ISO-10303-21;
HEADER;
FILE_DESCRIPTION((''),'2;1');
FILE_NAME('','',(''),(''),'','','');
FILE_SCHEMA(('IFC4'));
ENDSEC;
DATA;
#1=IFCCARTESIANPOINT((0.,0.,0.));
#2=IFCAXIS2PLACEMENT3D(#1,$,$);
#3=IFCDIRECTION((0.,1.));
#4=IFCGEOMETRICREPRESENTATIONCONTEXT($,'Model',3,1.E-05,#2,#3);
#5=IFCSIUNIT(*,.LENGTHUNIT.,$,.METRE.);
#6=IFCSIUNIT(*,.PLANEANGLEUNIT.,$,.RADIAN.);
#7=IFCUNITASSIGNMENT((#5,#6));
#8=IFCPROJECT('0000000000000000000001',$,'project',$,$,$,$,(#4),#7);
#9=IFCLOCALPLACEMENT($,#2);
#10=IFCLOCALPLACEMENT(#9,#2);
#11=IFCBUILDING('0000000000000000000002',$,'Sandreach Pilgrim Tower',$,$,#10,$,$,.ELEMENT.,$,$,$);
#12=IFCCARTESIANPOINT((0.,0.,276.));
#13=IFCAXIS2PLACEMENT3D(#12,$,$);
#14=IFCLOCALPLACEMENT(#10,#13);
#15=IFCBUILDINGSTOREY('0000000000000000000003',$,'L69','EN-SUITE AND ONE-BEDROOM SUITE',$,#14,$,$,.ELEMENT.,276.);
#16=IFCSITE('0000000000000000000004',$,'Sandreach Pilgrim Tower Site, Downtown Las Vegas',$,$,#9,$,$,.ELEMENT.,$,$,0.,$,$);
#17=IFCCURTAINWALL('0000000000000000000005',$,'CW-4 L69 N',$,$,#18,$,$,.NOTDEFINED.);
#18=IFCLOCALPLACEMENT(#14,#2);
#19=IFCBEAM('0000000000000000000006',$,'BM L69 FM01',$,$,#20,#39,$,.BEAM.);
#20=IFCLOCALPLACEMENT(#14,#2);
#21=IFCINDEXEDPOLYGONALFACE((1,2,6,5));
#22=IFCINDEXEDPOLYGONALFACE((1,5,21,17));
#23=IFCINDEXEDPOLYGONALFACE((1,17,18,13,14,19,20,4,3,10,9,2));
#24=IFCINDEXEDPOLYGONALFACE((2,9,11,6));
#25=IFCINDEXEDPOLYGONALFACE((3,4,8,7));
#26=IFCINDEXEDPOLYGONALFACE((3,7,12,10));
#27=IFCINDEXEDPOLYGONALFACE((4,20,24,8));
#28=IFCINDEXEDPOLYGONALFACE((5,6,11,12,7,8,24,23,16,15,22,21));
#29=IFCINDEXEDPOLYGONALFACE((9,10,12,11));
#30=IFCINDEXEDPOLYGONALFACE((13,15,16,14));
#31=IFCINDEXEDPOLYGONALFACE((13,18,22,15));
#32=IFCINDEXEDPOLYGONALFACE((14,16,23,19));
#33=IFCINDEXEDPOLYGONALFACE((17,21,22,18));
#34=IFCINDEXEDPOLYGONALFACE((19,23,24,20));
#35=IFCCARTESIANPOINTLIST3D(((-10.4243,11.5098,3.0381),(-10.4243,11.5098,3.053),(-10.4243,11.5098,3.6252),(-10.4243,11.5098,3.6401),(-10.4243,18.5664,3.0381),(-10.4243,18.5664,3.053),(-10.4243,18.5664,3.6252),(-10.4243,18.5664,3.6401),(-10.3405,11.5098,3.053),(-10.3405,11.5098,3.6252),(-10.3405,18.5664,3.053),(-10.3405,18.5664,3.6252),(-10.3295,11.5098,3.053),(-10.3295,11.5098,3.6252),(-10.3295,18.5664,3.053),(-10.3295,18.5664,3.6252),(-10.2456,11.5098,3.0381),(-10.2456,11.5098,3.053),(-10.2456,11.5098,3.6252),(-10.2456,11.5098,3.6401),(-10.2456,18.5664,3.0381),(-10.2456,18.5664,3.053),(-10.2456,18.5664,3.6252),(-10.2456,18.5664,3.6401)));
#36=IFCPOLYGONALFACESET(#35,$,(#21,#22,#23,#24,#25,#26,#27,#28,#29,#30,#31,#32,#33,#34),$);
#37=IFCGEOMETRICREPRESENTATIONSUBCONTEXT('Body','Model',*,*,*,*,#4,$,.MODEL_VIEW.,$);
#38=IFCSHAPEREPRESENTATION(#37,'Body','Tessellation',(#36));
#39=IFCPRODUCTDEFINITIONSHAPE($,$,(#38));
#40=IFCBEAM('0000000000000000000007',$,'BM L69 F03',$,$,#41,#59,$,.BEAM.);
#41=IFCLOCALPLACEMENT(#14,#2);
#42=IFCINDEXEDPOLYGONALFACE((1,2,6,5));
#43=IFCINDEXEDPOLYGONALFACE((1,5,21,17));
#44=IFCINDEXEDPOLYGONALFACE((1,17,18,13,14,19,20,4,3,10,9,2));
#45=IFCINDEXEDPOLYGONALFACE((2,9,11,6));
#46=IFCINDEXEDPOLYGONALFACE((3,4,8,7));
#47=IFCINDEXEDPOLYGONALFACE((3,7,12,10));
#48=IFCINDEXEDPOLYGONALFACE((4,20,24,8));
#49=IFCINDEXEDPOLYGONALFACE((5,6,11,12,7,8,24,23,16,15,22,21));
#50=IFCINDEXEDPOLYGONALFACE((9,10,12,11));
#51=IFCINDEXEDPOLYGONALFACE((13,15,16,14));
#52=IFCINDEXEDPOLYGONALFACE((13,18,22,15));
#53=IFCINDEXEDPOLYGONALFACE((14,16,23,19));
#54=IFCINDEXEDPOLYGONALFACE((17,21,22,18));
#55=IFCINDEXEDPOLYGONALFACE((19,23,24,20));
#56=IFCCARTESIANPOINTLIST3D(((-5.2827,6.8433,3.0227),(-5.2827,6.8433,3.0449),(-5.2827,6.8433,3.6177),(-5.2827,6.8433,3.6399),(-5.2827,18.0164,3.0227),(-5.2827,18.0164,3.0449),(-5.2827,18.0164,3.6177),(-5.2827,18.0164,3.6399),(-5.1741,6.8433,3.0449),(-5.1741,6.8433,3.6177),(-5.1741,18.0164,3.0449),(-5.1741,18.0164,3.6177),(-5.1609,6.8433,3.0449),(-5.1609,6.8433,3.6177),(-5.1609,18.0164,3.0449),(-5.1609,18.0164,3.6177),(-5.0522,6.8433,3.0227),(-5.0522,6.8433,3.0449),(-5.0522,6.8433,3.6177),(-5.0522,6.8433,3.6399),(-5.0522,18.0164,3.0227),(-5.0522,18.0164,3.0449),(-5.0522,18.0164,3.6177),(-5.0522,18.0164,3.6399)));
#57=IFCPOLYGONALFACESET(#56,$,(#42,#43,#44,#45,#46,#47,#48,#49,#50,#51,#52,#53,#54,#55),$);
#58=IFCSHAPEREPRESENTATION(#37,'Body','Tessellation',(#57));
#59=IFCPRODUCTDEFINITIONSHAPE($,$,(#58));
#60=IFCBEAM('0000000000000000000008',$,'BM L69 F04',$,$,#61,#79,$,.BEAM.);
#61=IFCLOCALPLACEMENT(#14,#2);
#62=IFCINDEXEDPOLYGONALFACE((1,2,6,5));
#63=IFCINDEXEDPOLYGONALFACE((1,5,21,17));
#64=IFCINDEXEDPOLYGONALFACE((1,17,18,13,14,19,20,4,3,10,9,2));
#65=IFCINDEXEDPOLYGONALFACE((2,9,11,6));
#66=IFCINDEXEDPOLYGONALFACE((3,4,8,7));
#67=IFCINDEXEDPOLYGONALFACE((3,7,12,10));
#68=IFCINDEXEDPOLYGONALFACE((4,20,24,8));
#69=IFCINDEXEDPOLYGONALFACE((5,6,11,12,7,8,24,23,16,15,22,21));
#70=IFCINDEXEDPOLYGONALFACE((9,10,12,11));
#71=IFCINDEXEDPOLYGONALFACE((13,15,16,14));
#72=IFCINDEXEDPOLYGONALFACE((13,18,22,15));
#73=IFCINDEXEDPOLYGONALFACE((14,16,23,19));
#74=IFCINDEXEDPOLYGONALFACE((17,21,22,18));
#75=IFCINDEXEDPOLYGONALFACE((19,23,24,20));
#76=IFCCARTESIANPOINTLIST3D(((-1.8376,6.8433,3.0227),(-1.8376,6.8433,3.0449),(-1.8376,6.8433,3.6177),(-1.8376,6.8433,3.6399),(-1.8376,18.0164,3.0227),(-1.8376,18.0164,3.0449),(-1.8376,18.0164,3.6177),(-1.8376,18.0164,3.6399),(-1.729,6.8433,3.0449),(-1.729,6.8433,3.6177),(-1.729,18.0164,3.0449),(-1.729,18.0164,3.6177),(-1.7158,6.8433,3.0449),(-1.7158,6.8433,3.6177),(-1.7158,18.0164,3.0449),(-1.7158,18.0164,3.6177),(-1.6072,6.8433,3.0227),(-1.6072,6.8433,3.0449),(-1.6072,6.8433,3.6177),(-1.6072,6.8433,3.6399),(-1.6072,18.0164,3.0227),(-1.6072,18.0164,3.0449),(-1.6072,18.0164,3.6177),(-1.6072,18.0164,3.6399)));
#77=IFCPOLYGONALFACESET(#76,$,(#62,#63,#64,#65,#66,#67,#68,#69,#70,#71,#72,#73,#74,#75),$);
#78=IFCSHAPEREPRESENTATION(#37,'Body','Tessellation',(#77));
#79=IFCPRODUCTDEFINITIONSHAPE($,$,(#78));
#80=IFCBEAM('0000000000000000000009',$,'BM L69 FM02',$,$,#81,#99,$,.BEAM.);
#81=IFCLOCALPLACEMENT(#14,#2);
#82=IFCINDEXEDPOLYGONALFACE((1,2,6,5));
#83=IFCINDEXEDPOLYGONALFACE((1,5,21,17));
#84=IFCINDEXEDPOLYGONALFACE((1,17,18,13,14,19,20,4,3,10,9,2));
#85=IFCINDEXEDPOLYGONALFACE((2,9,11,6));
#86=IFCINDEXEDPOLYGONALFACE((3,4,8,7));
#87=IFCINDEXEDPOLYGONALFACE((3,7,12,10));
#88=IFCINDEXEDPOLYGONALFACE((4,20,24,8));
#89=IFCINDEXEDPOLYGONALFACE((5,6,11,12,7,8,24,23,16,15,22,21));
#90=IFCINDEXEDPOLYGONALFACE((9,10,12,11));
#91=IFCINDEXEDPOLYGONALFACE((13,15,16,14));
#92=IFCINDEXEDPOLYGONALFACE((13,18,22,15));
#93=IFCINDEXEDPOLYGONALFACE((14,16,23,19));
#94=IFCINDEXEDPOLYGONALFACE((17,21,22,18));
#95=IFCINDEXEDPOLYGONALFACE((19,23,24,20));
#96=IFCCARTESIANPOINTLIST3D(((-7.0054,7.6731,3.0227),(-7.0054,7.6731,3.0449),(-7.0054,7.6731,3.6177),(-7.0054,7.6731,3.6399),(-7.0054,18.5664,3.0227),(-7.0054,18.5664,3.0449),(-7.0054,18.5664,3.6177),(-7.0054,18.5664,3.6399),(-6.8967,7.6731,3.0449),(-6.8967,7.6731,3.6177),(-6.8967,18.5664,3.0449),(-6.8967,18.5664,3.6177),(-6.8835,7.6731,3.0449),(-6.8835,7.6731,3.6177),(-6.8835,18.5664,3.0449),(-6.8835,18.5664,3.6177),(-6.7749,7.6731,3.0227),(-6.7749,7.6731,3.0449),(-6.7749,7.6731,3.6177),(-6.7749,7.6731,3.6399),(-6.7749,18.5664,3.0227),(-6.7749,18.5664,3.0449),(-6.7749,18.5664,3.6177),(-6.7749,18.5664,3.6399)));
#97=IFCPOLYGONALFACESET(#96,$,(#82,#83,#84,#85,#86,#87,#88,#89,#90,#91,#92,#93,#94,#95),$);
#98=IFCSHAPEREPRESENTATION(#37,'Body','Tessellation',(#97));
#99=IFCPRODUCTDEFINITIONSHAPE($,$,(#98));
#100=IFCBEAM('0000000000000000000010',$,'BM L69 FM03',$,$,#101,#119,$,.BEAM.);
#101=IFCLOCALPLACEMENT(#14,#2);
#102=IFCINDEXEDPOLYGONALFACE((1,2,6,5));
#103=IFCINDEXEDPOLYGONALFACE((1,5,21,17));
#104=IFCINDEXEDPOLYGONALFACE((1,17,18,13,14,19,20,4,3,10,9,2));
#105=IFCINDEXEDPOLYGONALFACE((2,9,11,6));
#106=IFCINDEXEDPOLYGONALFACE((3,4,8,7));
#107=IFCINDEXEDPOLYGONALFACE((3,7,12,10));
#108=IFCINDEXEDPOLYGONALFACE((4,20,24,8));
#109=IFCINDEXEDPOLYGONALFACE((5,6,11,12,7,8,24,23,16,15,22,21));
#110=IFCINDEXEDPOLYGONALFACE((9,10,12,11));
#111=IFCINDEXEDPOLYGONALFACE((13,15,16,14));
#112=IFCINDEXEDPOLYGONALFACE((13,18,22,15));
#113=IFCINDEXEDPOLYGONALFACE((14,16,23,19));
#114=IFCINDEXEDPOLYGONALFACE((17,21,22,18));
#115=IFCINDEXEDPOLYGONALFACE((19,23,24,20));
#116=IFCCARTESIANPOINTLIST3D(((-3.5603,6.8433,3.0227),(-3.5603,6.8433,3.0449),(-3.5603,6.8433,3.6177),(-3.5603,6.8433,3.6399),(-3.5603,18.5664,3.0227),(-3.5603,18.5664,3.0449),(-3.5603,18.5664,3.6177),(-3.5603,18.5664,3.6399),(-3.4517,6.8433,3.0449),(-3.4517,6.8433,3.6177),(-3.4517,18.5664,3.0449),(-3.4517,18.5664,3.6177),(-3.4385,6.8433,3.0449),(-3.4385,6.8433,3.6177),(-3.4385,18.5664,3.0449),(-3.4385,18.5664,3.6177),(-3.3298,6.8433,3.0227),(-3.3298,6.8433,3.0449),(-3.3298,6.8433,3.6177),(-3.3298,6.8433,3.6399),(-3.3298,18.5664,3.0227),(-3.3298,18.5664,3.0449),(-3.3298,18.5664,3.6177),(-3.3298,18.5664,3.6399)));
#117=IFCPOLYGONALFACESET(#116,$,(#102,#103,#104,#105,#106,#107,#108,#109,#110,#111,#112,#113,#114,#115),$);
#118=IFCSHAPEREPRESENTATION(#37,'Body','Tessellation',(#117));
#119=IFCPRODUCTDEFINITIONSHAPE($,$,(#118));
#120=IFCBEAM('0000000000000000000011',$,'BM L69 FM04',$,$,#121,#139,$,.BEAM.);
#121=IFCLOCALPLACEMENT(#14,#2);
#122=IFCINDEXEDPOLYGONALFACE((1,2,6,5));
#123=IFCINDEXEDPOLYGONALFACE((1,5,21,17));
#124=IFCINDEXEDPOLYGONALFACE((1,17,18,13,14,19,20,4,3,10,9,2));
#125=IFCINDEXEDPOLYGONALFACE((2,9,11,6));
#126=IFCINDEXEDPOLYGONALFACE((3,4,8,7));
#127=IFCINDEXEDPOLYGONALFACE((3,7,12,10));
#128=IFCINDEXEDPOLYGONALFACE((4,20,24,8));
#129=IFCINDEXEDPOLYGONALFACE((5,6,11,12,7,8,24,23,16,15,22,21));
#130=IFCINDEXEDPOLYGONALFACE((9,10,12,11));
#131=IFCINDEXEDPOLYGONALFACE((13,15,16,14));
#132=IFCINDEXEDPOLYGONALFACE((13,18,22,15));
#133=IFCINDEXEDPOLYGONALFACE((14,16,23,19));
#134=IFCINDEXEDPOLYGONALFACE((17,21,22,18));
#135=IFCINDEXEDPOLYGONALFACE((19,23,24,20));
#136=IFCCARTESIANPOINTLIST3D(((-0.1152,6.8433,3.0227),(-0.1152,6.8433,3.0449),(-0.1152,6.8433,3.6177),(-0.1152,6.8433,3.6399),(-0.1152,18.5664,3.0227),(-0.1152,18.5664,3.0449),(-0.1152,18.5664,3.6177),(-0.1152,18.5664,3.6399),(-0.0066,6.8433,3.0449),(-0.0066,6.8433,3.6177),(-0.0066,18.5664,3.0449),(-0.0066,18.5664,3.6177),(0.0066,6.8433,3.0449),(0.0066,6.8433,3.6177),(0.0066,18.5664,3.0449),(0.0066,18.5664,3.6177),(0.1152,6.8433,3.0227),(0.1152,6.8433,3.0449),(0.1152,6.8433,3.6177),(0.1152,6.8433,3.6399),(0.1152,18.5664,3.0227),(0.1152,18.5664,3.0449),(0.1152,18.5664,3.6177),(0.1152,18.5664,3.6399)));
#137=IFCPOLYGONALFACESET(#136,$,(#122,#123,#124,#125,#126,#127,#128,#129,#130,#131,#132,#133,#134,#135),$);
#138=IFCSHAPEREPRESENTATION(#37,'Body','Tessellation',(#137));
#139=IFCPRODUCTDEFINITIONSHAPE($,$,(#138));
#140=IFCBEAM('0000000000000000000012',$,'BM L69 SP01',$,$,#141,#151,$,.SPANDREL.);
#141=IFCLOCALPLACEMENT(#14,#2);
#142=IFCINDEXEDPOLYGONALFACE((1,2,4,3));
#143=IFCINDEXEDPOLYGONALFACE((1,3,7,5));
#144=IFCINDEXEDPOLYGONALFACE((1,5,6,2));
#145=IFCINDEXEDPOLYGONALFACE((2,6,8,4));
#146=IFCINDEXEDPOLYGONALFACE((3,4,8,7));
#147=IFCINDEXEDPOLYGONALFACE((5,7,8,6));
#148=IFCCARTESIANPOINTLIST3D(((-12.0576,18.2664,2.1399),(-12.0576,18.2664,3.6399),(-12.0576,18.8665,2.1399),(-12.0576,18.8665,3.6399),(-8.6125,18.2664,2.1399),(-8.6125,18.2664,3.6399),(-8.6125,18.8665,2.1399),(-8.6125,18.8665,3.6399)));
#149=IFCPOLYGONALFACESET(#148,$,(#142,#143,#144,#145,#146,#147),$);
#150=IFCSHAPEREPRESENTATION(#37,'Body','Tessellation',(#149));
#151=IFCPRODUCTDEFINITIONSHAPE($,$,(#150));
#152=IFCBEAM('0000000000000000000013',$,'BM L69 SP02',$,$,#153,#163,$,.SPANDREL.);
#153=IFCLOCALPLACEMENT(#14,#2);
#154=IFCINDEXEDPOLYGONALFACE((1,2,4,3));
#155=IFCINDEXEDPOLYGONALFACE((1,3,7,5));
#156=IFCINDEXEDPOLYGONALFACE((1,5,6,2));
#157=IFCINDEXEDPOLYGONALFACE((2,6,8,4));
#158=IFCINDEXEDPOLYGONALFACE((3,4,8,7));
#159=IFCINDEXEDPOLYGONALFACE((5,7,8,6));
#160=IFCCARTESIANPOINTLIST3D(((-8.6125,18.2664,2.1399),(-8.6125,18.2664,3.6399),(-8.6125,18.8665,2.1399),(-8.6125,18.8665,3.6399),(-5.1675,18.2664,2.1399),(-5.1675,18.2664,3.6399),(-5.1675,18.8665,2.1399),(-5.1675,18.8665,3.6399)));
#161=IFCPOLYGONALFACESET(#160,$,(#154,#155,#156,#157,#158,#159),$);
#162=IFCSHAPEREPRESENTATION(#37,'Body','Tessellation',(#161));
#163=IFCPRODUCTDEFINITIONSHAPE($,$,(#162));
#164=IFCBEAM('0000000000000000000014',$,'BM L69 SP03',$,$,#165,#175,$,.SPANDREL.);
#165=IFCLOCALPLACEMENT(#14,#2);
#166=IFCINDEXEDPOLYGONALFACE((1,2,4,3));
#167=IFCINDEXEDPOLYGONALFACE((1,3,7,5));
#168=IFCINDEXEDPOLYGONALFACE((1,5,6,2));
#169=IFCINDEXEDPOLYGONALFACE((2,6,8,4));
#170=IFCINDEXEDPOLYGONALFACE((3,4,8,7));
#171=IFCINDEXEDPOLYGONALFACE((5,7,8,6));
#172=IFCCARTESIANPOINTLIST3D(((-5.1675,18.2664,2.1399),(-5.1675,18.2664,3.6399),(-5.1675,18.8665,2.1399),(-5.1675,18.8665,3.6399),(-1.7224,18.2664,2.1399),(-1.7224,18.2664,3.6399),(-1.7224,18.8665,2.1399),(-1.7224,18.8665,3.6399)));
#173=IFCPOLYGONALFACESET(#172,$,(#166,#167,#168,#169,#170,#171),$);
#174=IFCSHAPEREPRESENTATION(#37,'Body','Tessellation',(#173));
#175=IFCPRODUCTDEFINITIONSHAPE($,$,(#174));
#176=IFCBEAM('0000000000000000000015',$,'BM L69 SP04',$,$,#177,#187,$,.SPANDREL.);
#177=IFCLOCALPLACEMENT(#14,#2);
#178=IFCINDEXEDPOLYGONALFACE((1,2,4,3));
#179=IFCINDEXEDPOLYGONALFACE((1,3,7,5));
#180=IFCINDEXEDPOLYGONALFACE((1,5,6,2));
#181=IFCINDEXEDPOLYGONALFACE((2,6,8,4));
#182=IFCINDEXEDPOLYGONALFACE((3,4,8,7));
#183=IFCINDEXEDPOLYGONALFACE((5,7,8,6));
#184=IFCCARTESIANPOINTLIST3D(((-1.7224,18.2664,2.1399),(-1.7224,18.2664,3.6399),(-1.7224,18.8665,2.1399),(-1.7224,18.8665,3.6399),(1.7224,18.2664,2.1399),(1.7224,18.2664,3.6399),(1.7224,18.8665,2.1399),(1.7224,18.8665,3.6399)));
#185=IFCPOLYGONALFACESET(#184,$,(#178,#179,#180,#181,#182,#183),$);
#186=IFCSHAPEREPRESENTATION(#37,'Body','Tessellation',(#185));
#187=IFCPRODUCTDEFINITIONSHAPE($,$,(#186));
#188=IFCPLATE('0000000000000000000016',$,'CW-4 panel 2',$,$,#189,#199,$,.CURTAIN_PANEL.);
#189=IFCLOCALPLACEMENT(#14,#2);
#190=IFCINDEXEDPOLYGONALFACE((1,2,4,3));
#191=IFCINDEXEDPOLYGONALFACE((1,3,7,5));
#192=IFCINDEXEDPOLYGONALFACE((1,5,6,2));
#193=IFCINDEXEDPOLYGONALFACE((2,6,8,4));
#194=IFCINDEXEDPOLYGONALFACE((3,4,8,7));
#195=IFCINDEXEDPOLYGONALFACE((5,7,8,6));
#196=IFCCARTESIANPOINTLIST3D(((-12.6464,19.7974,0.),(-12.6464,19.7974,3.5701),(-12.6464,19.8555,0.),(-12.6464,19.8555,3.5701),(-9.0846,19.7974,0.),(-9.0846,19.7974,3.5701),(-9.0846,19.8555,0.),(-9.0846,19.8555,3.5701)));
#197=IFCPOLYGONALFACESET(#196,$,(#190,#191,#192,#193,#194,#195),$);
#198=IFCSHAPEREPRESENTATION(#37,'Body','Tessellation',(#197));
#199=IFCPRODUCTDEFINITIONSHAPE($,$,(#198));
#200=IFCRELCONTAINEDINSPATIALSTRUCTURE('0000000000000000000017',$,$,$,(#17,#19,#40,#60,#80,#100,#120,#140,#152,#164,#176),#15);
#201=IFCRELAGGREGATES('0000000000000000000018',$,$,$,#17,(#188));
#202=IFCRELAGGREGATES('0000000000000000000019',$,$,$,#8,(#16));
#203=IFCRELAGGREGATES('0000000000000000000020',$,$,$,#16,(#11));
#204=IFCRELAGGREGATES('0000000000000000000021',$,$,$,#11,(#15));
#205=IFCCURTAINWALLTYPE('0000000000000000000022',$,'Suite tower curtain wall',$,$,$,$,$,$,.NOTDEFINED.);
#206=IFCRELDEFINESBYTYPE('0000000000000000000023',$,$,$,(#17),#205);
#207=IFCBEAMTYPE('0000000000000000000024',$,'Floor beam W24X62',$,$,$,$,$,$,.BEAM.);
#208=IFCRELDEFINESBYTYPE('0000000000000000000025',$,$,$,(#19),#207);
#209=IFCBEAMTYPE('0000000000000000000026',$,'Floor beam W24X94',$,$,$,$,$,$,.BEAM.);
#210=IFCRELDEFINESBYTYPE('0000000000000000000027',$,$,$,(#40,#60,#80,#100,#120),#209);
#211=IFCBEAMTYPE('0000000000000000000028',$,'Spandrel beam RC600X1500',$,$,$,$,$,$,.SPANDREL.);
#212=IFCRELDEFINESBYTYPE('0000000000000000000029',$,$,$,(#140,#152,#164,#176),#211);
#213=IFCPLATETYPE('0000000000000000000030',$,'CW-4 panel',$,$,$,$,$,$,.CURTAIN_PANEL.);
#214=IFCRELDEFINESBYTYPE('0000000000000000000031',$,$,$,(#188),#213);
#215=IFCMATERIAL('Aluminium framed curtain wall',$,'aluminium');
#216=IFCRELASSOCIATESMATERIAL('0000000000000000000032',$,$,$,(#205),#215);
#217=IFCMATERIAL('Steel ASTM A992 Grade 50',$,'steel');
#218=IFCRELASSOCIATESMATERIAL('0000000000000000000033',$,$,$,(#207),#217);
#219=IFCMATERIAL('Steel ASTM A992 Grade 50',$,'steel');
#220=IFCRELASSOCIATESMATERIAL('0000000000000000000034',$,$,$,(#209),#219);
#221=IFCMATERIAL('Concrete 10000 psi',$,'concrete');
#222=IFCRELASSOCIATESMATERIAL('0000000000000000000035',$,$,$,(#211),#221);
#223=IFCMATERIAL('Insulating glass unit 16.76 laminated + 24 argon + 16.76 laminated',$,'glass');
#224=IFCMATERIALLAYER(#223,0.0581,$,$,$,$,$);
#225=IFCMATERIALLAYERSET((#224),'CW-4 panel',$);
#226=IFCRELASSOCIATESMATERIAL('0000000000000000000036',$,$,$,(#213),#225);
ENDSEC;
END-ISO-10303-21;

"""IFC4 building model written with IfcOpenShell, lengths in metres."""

from ifc_helpers import new_model, si_unit, direction, frame, origin, origin_2d, place, context, subcontext, project, spatial, rectangle, i_section, extrude, material, layer, layer_set, material_profile, profile_set, type_object, element, aggregate, save


model = new_model("IFC4")

# Units and contexts
model_context = context("Model", 3, precision=1e-05, world=origin(), true_north=direction((0.0, 1.0)))
body_context = subcontext(model_context, "Body", "Model", "MODEL_VIEW")
ifc_project = project(units=[si_unit("LENGTHUNIT", "METRE"), si_unit("PLANEANGLEUNIT", "RADIAN")], contexts=[model_context])

# Site, building, storey
site_placement = place(None, origin())
site = spatial("IfcSite", under=ifc_project, at=site_placement, Name="Sandreach Pilgrim Tower Site, Downtown Las Vegas", CompositionType="ELEMENT", RefElevation=0.0)
building_placement = place(site_placement, origin())
building = spatial("IfcBuilding", under=site, at=building_placement, Name="Sandreach Pilgrim Tower", CompositionType="ELEMENT")
storey_placement = place(building_placement, frame((0.0, 0.0, 276.0)))
storey = spatial("IfcBuildingStorey", under=building, at=storey_placement, Name="L69", Description="EN-SUITE AND ONE-BEDROOM SUITE", CompositionType="ELEMENT", Elevation=276.0)

# Curtain wall
ifc_material_1 = material(Name="Aluminium framed curtain wall", Category="aluminium")
curtain_wall_type = type_object("IfcCurtainWallType", Name="Suite tower curtain wall", PredefinedType="NOTDEFINED", material=ifc_material_1)
curtain_wall_placement = place(storey_placement, origin())
curtain_wall = element("IfcCurtainWall", 1, at=curtain_wall_placement, inside=storey, type_object=curtain_wall_type, Name="CW-4 L69 N", PredefinedType="NOTDEFINED")

# Beams
ifc_material_2 = material(Name="Steel ASTM A992 Grade 50", Category="steel")
ifc_material_profile_1 = material_profile(ifc_material_2, i_section(OverallWidth=0.1787, OverallDepth=0.6021, WebThickness=0.011, FlangeThickness=0.0149, at=origin_2d()), Name="W24X62")
ifc_profile_set_1 = profile_set([ifc_material_profile_1], Name="Steel ASTM A992 Grade 50")
beam_type_1 = type_object("IfcBeamType", Name="Floor beam W24X62", PredefinedType="BEAM", material=ifc_profile_set_1)
beam_1_placement = place(storey_placement, frame((-10.335, 18.5664, 3.3391), z_axis=(0.0, -1.0, 0.0), x_axis=(1.0, 0.0, 0.0)))
element("IfcBeam", 2, at=beam_1_placement, inside=storey, type_object=beam_type_1, Name="BM L69 FM01", PredefinedType="BEAM", context=body_context, shape_type="SweptSolid", body=[
    extrude(i_section(OverallWidth=0.1787, OverallDepth=0.6021, WebThickness=0.011, FlangeThickness=0.0149, at=origin_2d()), origin(), (0.0, 0.0, 1.0), 7.0566),
])
ifc_material_3 = material(Name="Steel ASTM A992 Grade 50", Category="steel")
ifc_material_profile_2 = material_profile(ifc_material_3, i_section(OverallWidth=0.2305, OverallDepth=0.6172, WebThickness=0.0132, FlangeThickness=0.0222, at=origin_2d()), Name="W24X94")
ifc_profile_set_2 = profile_set([ifc_material_profile_2], Name="Steel ASTM A992 Grade 50")
beam_type_2 = type_object("IfcBeamType", Name="Floor beam W24X94", PredefinedType="BEAM", material=ifc_profile_set_2)
for number, where, z_axis, x_axis, name in (
    (3, (-5.1675, 18.0164, 3.3313), (0.0, -1.0, 0.0), (1.0, 0.0, 0.0), "BM L69 F03"),
    (4, (-1.7224, 18.0164, 3.3313), (0.0, -1.0, 0.0), (1.0, 0.0, 0.0), "BM L69 F04"),
):
    element("IfcBeam", number, at=place(storey_placement, frame(where, z_axis=z_axis, x_axis=x_axis)), inside=storey, type_object=beam_type_2, Name=name, PredefinedType="BEAM", context=body_context, shape_type="SweptSolid", body=[
        extrude(i_section(OverallWidth=0.2305, OverallDepth=0.6172, WebThickness=0.0132, FlangeThickness=0.0222, at=origin_2d()), origin(), (0.0, 0.0, 1.0), 11.1731),
    ])
beam_2_placement = place(storey_placement, frame((-6.8901, 18.5664, 3.3313), z_axis=(0.0, -1.0, 0.0), x_axis=(1.0, 0.0, 0.0)))
element("IfcBeam", 5, at=beam_2_placement, inside=storey, type_object=beam_type_2, Name="BM L69 FM02", PredefinedType="BEAM", context=body_context, shape_type="SweptSolid", body=[
    extrude(i_section(OverallWidth=0.2305, OverallDepth=0.6172, WebThickness=0.0132, FlangeThickness=0.0222, at=origin_2d()), origin(), (0.0, 0.0, 1.0), 10.8933),
])
for number, where, z_axis, x_axis, name in (
    (6, (-3.4451, 18.5664, 3.3313), (0.0, -1.0, 0.0), (1.0, 0.0, 0.0), "BM L69 FM03"),
    (7, (0.0, 18.5664, 3.3313), (0.0, -1.0, 0.0), (1.0, 0.0, 0.0), "BM L69 FM04"),
):
    element("IfcBeam", number, at=place(storey_placement, frame(where, z_axis=z_axis, x_axis=x_axis)), inside=storey, type_object=beam_type_2, Name=name, PredefinedType="BEAM", context=body_context, shape_type="SweptSolid", body=[
        extrude(i_section(OverallWidth=0.2305, OverallDepth=0.6172, WebThickness=0.0132, FlangeThickness=0.0222, at=origin_2d()), origin(), (0.0, 0.0, 1.0), 11.7231),
    ])
ifc_material_4 = material(Name="Concrete 10000 psi", Category="concrete")
ifc_material_profile_3 = material_profile(ifc_material_4, rectangle(XDim=0.6001, YDim=1.5, at=origin_2d()), Name="RC600X1500")
ifc_profile_set_3 = profile_set([ifc_material_profile_3], Name="Concrete 10000 psi")
beam_type_3 = type_object("IfcBeamType", Name="Spandrel beam RC600X1500", PredefinedType="SPANDREL", material=ifc_profile_set_3)
for number, where, z_axis, x_axis, name in (
    (8, (-12.0576, 18.5664, 2.8899), (1.0, 0.0, 0.0), (0.0, 1.0, 0.0), "BM L69 SP01"),
    (9, (-8.6125, 18.5664, 2.8899), (1.0, 0.0, 0.0), (0.0, 1.0, 0.0), "BM L69 SP02"),
    (10, (-5.1675, 18.5664, 2.8899), (1.0, 0.0, 0.0), (0.0, 1.0, 0.0), "BM L69 SP03"),
):
    element("IfcBeam", number, at=place(storey_placement, frame(where, z_axis=z_axis, x_axis=x_axis)), inside=storey, type_object=beam_type_3, Name=name, PredefinedType="SPANDREL", context=body_context, shape_type="SweptSolid", body=[
        extrude(rectangle(XDim=0.6001, YDim=1.5, at=origin_2d()), origin(), (0.0, 0.0, 1.0), 3.4451),
    ])
beam_3_placement = place(storey_placement, frame((-1.7224, 18.5664, 2.8899), z_axis=(1.0, 0.0, 0.0), x_axis=(0.0, 1.0, 0.0)))
element("IfcBeam", 11, at=beam_3_placement, inside=storey, type_object=beam_type_3, Name="BM L69 SP04", PredefinedType="SPANDREL", context=body_context, shape_type="SweptSolid", body=[
    extrude(rectangle(XDim=0.6001, YDim=1.5, at=origin_2d()), origin(), (0.0, 0.0, 1.0), 3.4448),
])

# Plate
ifc_material_5 = material(Name="Insulating glass unit 16.76 laminated + 24 argon + 16.76 laminated", Category="glass")
ifc_layer_1 = layer(ifc_material_5, 0.0581)
ifc_layer_set_1 = layer_set([ifc_layer_1], Name="CW-4 panel")
plate_type = type_object("IfcPlateType", Name="CW-4 panel", PredefinedType="CURTAIN_PANEL", material=ifc_layer_set_1)
plate_1_placement = place(storey_placement, frame((-10.8655, 19.8264, 0.0), z_axis=(0.0, 0.0, 1.0), x_axis=(1.0, 0.0, 0.0)))
plate_1 = element("IfcPlate", 12, at=plate_1_placement, type_object=plate_type, Name="CW-4 panel 2", PredefinedType="CURTAIN_PANEL", context=body_context, shape_type="SweptSolid", body=[
    extrude(rectangle(XDim=3.5618, YDim=0.0581, at=origin_2d()), origin(), (0.0, 0.0, 1.0), 3.5701),
])
aggregate(curtain_wall, [plate_1])

save(model, "model.ifc")
